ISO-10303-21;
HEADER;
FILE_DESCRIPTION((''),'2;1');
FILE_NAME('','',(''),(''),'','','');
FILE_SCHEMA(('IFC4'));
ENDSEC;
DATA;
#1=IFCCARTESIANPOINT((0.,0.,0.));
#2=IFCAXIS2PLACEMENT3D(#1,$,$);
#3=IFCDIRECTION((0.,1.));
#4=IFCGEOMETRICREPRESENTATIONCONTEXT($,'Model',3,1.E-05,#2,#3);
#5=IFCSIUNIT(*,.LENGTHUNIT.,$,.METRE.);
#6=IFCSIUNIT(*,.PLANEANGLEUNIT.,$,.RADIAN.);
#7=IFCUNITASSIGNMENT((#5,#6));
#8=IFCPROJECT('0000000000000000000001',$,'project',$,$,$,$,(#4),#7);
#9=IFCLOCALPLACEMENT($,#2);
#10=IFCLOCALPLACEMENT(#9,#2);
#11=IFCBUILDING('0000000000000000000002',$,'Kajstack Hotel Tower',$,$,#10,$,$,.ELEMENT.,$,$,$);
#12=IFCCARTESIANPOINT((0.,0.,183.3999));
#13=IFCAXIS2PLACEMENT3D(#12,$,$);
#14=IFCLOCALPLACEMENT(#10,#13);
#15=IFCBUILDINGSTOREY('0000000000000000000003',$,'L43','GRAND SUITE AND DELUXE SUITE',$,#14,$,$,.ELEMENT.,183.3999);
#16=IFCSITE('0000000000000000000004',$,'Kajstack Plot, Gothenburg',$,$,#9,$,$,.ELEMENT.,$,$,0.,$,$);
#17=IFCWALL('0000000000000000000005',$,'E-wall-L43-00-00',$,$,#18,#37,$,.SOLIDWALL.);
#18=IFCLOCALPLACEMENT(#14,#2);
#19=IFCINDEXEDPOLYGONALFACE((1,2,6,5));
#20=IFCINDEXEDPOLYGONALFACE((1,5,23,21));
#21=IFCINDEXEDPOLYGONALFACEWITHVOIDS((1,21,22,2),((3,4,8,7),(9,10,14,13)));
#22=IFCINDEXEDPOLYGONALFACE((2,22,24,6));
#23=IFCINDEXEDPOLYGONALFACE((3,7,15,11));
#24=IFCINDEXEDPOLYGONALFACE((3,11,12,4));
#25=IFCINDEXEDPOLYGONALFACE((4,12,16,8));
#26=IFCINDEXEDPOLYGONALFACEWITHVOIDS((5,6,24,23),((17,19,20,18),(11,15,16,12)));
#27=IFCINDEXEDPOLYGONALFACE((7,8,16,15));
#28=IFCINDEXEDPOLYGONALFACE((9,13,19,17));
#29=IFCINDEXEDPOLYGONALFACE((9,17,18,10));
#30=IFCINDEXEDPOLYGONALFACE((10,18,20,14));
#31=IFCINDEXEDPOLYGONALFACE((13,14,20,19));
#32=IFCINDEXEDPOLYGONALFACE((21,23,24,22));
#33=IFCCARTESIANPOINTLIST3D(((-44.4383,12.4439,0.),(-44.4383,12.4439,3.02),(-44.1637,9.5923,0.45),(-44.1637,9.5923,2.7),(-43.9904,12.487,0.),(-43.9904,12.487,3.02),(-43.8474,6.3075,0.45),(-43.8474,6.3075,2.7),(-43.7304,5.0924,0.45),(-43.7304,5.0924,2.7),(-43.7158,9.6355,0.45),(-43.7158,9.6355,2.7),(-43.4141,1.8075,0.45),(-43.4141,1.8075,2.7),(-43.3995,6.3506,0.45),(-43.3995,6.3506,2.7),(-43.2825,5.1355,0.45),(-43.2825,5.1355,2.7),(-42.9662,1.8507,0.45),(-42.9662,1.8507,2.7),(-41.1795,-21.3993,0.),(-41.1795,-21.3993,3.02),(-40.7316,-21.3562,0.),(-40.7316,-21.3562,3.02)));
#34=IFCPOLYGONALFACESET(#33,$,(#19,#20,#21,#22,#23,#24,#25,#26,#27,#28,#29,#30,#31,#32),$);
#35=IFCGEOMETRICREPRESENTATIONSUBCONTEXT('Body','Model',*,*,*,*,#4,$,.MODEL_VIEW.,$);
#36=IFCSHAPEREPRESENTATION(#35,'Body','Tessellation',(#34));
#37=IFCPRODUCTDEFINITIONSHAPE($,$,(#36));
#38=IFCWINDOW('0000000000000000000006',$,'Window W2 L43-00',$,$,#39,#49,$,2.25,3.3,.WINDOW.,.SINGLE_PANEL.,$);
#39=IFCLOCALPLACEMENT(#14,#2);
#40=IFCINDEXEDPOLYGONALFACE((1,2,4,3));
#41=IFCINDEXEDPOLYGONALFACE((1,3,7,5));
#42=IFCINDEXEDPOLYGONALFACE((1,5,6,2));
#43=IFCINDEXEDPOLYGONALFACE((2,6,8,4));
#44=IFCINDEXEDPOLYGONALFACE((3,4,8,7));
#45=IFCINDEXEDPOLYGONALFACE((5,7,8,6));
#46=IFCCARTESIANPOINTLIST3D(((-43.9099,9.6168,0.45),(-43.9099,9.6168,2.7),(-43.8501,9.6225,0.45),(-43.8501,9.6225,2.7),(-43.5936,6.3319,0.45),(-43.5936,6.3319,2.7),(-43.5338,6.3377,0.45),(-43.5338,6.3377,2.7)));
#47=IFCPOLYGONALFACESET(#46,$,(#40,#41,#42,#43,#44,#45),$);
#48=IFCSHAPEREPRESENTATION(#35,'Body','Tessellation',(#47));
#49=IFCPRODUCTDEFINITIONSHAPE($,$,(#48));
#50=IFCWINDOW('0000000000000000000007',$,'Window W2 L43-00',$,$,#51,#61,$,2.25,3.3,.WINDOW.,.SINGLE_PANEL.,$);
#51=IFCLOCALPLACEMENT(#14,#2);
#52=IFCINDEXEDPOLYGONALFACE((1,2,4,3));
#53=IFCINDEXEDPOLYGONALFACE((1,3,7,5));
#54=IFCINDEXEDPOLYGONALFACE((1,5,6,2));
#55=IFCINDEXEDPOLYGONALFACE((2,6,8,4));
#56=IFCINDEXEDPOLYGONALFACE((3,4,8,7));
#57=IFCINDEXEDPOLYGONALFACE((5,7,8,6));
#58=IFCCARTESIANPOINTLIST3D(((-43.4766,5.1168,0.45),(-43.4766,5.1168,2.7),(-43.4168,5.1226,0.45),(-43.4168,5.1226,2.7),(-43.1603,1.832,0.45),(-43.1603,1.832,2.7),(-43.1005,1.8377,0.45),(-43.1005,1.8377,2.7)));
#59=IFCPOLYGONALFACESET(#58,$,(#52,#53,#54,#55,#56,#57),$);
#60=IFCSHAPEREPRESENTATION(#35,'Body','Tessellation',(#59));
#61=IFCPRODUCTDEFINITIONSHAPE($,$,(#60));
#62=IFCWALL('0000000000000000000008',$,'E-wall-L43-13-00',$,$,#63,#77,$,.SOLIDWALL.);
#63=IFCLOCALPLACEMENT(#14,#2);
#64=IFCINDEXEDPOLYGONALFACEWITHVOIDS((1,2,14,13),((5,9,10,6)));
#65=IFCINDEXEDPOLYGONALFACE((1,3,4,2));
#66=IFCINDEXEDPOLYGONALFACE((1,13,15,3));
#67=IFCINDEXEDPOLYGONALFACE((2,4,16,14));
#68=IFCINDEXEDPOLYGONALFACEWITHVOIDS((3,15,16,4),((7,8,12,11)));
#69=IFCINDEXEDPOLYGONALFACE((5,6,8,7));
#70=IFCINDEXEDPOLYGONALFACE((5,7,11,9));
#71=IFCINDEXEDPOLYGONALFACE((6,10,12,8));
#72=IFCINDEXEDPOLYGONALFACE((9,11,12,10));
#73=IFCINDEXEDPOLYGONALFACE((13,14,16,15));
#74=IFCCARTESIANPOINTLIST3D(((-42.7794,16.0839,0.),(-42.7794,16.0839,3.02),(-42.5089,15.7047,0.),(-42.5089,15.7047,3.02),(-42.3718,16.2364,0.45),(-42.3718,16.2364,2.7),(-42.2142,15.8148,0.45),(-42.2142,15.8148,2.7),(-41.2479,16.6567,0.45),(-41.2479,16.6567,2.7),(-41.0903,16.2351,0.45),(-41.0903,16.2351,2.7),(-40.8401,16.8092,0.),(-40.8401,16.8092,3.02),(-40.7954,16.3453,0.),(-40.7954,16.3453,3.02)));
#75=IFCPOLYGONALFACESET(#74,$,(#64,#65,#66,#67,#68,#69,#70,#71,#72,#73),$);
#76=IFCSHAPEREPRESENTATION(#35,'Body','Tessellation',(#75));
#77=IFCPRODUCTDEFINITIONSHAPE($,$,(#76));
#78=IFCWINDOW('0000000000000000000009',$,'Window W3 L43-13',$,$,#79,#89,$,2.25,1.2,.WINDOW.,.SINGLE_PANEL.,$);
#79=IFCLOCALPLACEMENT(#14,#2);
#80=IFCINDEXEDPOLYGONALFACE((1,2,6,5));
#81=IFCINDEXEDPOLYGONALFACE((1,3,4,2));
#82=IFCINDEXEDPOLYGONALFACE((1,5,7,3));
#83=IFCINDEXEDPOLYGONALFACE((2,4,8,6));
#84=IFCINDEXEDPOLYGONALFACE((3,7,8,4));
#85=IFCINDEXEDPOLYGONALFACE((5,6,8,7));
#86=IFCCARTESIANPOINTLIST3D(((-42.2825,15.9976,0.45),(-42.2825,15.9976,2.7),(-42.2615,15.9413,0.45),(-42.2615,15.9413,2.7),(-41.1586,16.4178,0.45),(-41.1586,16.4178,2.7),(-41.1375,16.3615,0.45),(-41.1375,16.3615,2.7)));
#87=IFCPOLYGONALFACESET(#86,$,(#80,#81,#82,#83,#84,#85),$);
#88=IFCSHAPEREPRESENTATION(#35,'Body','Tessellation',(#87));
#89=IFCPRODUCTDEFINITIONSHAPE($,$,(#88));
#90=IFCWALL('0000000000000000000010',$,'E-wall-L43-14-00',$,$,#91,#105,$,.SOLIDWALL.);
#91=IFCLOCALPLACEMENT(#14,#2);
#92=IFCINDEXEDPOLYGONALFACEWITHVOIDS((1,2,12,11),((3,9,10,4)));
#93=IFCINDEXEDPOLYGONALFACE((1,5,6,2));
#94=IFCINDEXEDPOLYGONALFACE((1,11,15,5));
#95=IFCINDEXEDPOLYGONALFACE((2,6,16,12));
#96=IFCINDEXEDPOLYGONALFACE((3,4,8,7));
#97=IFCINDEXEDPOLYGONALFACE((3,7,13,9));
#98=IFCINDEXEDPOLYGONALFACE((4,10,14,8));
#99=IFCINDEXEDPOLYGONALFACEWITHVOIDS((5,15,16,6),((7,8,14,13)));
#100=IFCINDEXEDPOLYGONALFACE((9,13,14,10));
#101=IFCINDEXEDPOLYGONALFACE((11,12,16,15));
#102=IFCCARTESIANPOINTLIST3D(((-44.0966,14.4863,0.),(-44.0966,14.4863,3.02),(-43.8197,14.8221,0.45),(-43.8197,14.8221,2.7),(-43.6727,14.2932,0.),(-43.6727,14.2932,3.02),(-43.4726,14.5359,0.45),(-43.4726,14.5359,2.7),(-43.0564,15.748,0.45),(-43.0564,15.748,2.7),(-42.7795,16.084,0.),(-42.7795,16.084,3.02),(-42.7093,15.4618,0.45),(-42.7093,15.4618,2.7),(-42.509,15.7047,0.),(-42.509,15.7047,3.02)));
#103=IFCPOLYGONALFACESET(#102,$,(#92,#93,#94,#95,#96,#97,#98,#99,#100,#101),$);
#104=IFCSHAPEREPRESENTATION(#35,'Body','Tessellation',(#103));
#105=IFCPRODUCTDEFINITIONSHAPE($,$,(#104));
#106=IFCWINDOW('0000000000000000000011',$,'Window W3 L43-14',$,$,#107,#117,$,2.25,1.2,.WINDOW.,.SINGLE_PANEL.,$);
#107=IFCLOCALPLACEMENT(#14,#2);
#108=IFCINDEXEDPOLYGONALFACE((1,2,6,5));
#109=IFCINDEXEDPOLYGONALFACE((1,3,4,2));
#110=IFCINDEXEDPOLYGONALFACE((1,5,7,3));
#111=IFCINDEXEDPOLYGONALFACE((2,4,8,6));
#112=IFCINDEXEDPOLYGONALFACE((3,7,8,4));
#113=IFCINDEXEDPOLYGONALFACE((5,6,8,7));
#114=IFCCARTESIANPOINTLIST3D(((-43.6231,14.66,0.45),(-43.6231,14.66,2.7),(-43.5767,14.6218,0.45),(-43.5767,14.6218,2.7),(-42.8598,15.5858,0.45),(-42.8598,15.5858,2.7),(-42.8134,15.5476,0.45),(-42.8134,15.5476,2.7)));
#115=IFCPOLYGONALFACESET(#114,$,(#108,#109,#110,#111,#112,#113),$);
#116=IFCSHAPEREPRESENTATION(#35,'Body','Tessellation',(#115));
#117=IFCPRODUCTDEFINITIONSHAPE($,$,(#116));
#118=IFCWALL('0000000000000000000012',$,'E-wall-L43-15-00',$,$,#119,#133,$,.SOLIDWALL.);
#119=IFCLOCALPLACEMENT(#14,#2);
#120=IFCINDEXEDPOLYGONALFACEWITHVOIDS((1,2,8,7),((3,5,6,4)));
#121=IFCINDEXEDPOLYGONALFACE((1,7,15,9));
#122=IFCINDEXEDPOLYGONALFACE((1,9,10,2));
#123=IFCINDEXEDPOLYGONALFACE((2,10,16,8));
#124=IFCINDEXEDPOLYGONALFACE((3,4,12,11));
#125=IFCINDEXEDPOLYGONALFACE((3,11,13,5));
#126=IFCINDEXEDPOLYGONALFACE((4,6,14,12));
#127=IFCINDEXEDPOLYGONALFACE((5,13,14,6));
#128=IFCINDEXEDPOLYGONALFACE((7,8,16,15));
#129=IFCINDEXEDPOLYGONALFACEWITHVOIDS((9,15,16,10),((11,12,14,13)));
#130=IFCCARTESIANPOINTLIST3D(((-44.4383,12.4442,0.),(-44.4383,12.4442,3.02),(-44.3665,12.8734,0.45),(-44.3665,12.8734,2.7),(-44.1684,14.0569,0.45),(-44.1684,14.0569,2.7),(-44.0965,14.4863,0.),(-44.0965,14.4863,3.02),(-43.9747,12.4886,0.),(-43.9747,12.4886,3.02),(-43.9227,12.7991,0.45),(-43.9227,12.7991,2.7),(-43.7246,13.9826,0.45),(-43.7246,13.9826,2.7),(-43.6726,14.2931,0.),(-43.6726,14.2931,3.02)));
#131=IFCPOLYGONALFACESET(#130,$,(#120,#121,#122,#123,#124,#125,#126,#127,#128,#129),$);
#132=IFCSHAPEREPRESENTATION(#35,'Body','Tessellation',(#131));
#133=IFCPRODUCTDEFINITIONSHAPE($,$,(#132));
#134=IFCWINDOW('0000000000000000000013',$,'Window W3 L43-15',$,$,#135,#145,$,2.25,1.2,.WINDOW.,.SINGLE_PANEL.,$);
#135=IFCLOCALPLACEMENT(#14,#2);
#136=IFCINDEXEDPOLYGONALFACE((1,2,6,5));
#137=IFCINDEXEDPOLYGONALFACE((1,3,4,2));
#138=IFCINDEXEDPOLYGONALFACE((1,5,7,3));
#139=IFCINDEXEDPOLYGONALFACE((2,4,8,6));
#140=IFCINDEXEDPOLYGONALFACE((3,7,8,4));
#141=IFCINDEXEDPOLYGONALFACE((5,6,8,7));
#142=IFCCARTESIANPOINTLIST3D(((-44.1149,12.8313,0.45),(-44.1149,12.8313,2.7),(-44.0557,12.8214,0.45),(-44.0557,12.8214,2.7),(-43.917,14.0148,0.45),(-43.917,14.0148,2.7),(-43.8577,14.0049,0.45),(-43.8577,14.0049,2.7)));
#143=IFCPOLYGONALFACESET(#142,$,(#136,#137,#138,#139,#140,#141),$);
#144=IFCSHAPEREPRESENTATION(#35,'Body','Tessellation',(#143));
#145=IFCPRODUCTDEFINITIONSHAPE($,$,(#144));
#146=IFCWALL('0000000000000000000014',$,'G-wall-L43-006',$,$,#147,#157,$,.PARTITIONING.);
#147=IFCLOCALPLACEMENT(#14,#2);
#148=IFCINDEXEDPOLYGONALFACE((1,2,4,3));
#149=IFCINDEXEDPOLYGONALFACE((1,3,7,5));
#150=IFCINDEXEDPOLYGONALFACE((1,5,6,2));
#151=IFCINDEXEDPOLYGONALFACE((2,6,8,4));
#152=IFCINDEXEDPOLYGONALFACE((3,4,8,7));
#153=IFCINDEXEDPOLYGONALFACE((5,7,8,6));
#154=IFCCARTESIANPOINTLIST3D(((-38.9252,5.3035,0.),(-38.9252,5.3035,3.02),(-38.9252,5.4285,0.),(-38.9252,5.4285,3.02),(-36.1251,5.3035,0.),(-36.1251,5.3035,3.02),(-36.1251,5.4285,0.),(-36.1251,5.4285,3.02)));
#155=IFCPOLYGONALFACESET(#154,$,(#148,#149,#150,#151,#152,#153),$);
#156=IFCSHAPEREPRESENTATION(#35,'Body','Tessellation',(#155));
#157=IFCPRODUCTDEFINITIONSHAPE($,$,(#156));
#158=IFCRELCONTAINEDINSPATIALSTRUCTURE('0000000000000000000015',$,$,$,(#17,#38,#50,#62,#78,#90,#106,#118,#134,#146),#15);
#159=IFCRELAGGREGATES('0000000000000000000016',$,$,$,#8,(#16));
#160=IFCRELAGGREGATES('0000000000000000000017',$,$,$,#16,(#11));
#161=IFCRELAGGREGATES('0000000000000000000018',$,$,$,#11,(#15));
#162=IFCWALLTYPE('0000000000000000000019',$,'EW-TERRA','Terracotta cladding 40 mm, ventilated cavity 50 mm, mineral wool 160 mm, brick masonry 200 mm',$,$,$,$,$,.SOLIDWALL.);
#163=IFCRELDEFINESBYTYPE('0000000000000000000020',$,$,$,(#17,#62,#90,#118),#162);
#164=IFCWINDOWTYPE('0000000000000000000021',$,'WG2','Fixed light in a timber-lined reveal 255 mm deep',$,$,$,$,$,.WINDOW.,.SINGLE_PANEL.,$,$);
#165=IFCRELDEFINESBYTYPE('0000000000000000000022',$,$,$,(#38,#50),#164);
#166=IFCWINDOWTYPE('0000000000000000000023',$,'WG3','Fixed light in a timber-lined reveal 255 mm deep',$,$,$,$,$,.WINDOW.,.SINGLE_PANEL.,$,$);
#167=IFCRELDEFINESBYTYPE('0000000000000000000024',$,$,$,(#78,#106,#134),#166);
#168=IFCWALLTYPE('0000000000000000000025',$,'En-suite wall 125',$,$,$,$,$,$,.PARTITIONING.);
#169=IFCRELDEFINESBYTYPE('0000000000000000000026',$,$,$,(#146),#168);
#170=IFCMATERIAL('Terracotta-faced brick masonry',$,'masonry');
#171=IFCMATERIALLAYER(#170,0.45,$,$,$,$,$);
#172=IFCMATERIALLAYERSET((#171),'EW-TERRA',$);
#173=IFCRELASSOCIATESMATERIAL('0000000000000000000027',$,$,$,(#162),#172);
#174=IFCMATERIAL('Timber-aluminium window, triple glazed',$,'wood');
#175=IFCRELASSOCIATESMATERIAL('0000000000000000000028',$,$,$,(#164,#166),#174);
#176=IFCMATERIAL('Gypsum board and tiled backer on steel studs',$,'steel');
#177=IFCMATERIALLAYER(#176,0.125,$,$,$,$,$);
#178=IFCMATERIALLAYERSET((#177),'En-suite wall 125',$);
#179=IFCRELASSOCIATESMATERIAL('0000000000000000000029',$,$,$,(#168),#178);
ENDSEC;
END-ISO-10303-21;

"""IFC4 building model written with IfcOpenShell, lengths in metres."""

from ifc_helpers import new_model, si_unit, direction, frame, frame_2d, origin, place, context, subcontext, project, spatial, polyline, rectangle, outline, extrude, material, layer, layer_set, type_object, element, fill, save


model = new_model("IFC4")

# Units and contexts
model_context = context("Model", 3, precision=1e-05, world=origin(), true_north=direction((0.0, 1.0)))
body_context = subcontext(model_context, "Body", "Model", "MODEL_VIEW")
ifc_project = project(units=[si_unit("LENGTHUNIT", "METRE"), si_unit("PLANEANGLEUNIT", "RADIAN")], contexts=[model_context])

# Site, building, storey
site_placement = place(None, origin())
site = spatial("IfcSite", under=ifc_project, at=site_placement, Name="Kajstack Plot, Gothenburg", CompositionType="ELEMENT", RefElevation=0.0)
building_placement = place(site_placement, origin())
building = spatial("IfcBuilding", under=site, at=building_placement, Name="Kajstack Hotel Tower", CompositionType="ELEMENT")
storey_placement = place(building_placement, frame((0.0, 0.0, 183.3999)))
storey = spatial("IfcBuildingStorey", under=building, at=storey_placement, Name="L43", Description="GRAND SUITE AND DELUXE SUITE", CompositionType="ELEMENT", Elevation=183.3999)

# Wall, openings, windows
ifc_material_1 = material(Name="Terracotta-faced brick masonry", Category="masonry")
ifc_layer_1 = layer(ifc_material_1, 0.45)
ifc_layer_set_1 = layer_set([ifc_layer_1], Name="EW-TERRA")
wall_type_1 = type_object("IfcWallType", Name="EW-TERRA", Description="Terracotta cladding 40 mm, ventilated cavity 50 mm, mineral wool 160 mm, brick masonry 200 mm", PredefinedType="SOLIDWALL", material=ifc_layer_set_1)
wall_1_placement = place(storey_placement, frame((-44.2144, 12.4656, 0.0), z_axis=(0.0, 0.0, 1.0), x_axis=(0.095847, -0.995396, 0.0)))
wall_1 = element("IfcWall", 1, at=wall_1_placement, inside=storey, type_object=wall_type_1, Name="E-wall-L43-00-00", PredefinedType="SOLIDWALL", context=body_context, shape_type="SweptSolid", body=[
    extrude(rectangle(XDim=33.9998, YDim=0.45, at=frame_2d((17.0, 0.0))), origin(), (0.0, 0.0, 1.0), 3.02),
])
opening_1_placement = place(wall_1_placement, frame((2.865, 0.0, 0.45)))
opening_1 = element("IfcOpeningElement", 2, at=opening_1_placement, cuts=wall_1, PredefinedType="OPENING", context=body_context, shape_type="SweptSolid", body=[
    extrude(rectangle(XDim=3.3, YDim=2.25, at=frame_2d((1.6499, 1.125))), frame((0.0, 0.2349, 0.0), z_axis=(0.0, -1.0, 0.0), x_axis=(1.0, 0.0, 0.0)), (0.0, 0.0, 1.0), 0.47),
])
opening_2_placement = place(wall_1_placement, frame((7.3857, 0.0, 0.45)))
opening_2 = element("IfcOpeningElement", 3, at=opening_2_placement, cuts=wall_1, PredefinedType="OPENING", context=body_context, shape_type="SweptSolid", body=[
    extrude(rectangle(XDim=3.3, YDim=2.25, at=frame_2d((1.6499, 1.125))), frame((0.0, 0.2349, 0.0), z_axis=(0.0, -1.0, 0.0), x_axis=(1.0, 0.0, 0.0)), (0.0, 0.0, 1.0), 0.47),
])
ifc_material_2 = material(Name="Timber-aluminium window, triple glazed", Category="wood")
window_type_1 = type_object("IfcWindowType", Name="WG2", Description="Fixed light in a timber-lined reveal 255 mm deep", PartitioningType="SINGLE_PANEL", PredefinedType="WINDOW", material=ifc_material_2)
window_1_placement = place(opening_1_placement, origin())
window_1 = element("IfcWindow", 4, at=window_1_placement, inside=storey, type_object=window_type_1, Name="Window W2 L43-00", OverallHeight=2.25, OverallWidth=3.3, PartitioningType="SINGLE_PANEL", PredefinedType="WINDOW", context=body_context, shape_type="SweptSolid", body=[
    extrude(rectangle(XDim=3.3, YDim=2.25, at=frame_2d((1.6499, 1.125))), frame((0.0, 0.0901, 0.0), z_axis=(0.0, -1.0, 0.0), x_axis=(1.0, 0.0, 0.0)), (0.0, 0.0, 1.0), 0.0601),
])
fill(opening_1, window_1)
window_2_placement = place(opening_2_placement, origin())
window_2 = element("IfcWindow", 5, at=window_2_placement, inside=storey, type_object=window_type_1, Name="Window W2 L43-00", OverallHeight=2.25, OverallWidth=3.3, PartitioningType="SINGLE_PANEL", PredefinedType="WINDOW", context=body_context, shape_type="SweptSolid", body=[
    extrude(rectangle(XDim=3.3, YDim=2.25, at=frame_2d((1.6499, 1.125))), frame((0.0, 0.0901, 0.0), z_axis=(0.0, -1.0, 0.0), x_axis=(1.0, 0.0, 0.0)), (0.0, 0.0, 1.0), 0.0601),
])
fill(opening_2, window_2)

# Walls, openings, windows
wall_2_placement = place(storey_placement, frame((-40.7612, 16.5984, 0.0), z_axis=(0.0, 0.0, 1.0), x_axis=(-0.936678, -0.350193, 0.0)))
wall_2 = element("IfcWall", 6, at=wall_2_placement, inside=storey, type_object=wall_type_1, Name="E-wall-L43-13-00", PredefinedType="SOLIDWALL", context=body_context, shape_type="SweptSolid", body=[
    extrude(outline(polyline([(0.0, -0.2251), (2.0706, -0.2249), (1.95, 0.2251), (0.1206, 0.2251), (0.0, -0.2251)])), origin(), (0.0, 0.0, 1.0), 3.02),
])
opening_3_placement = place(wall_2_placement, frame((0.4353, 0.0, 0.45)))
opening_3 = element("IfcOpeningElement", 7, at=opening_3_placement, cuts=wall_2, PredefinedType="OPENING", context=body_context, shape_type="SweptSolid", body=[
    extrude(rectangle(XDim=1.2, YDim=2.25, at=frame_2d((0.6001, 1.125))), frame((0.0, 0.2349, 0.0), z_axis=(0.0, -1.0, 0.0), x_axis=(1.0, 0.0, 0.0)), (0.0, 0.0, 1.0), 0.47),
])
window_type_2 = type_object("IfcWindowType", Name="WG3", Description="Fixed light in a timber-lined reveal 255 mm deep", PartitioningType="SINGLE_PANEL", PredefinedType="WINDOW", material=ifc_material_2)
window_3_placement = place(opening_3_placement, origin())
window_3 = element("IfcWindow", 8, at=window_3_placement, inside=storey, type_object=window_type_2, Name="Window W3 L43-13", OverallHeight=2.25, OverallWidth=1.2, PartitioningType="SINGLE_PANEL", PredefinedType="WINDOW", context=body_context, shape_type="SweptSolid", body=[
    extrude(rectangle(XDim=1.2, YDim=2.25, at=frame_2d((0.6001, 1.125))), frame((0.0, 0.0901, 0.0), z_axis=(0.0, -1.0, 0.0), x_axis=(1.0, 0.0, 0.0)), (0.0, 0.0, 1.0), 0.0601),
])
fill(opening_3, window_3)
wall_3_placement = place(storey_placement, frame((-42.606, 15.9409, 0.0), z_axis=(0.0, 0.0, 1.0), x_axis=(-0.636116, -0.771593, 0.0)))
wall_3 = element("IfcWall", 9, at=wall_3_placement, inside=storey, type_object=wall_type_1, Name="E-wall-L43-14-00", PredefinedType="SOLIDWALL", context=body_context, shape_type="SweptSolid", body=[
    extrude(outline(polyline([(0.0, -0.2249), (2.0706, -0.2249), (1.95, 0.2251), (0.1206, 0.2251), (0.0, -0.2249)])), origin(), (0.0, 0.0, 1.0), 3.02),
])
opening_4_placement = place(wall_3_placement, frame((0.4353, 0.0, 0.45)))
opening_4 = element("IfcOpeningElement", 10, at=opening_4_placement, cuts=wall_3, PredefinedType="OPENING", context=body_context, shape_type="SweptSolid", body=[
    extrude(rectangle(XDim=1.2, YDim=2.25, at=frame_2d((0.6001, 1.125))), frame((0.0, 0.2349, 0.0), z_axis=(0.0, -1.0, 0.0), x_axis=(1.0, 0.0, 0.0)), (0.0, 0.0, 1.0), 0.47),
])
window_4_placement = place(opening_4_placement, origin())
window_4 = element("IfcWindow", 11, at=window_4_placement, inside=storey, type_object=window_type_2, Name="Window W3 L43-14", OverallHeight=2.25, OverallWidth=1.2, PartitioningType="SINGLE_PANEL", PredefinedType="WINDOW", context=body_context, shape_type="SweptSolid", body=[
    extrude(rectangle(XDim=1.2, YDim=2.25, at=frame_2d((0.6001, 1.125))), frame((0.0, 0.0901, 0.0), z_axis=(0.0, -1.0, 0.0), x_axis=(1.0, 0.0, 0.0)), (0.0, 0.0, 1.0), 0.0601),
])
fill(opening_4, window_4)
wall_4_placement = place(storey_placement, frame((-43.8748, 14.4492, 0.0), z_axis=(0.0, 0.0, 1.0), x_axis=(-0.164953, -0.986301, 0.0)))
wall_4 = element("IfcWall", 12, at=wall_4_placement, inside=storey, type_object=wall_type_1, Name="E-wall-L43-15-00", PredefinedType="SOLIDWALL", context=body_context, shape_type="SweptSolid", body=[
    extrude(outline(polyline([(0.0, -0.2249), (2.0706, -0.2251), (1.9502, 0.2249), (0.1206, 0.2251), (0.0, -0.2249)])), origin(), (0.0, 0.0, 1.0), 3.02),
])
opening_5_placement = place(wall_4_placement, frame((0.4353, 0.0, 0.45)))
opening_5 = element("IfcOpeningElement", 13, at=opening_5_placement, cuts=wall_4, PredefinedType="OPENING", context=body_context, shape_type="SweptSolid", body=[
    extrude(rectangle(XDim=1.2, YDim=2.25, at=frame_2d((0.6001, 1.125))), frame((0.0, 0.2349, 0.0), z_axis=(0.0, -1.0, 0.0), x_axis=(1.0, 0.0, 0.0)), (0.0, 0.0, 1.0), 0.47),
])
window_5_placement = place(opening_5_placement, origin())
window_5 = element("IfcWindow", 14, at=window_5_placement, inside=storey, type_object=window_type_2, Name="Window W3 L43-15", OverallHeight=2.25, OverallWidth=1.2, PartitioningType="SINGLE_PANEL", PredefinedType="WINDOW", context=body_context, shape_type="SweptSolid", body=[
    extrude(rectangle(XDim=1.2, YDim=2.25, at=frame_2d((0.6001, 1.125))), frame((0.0, 0.0901, 0.0), z_axis=(0.0, -1.0, 0.0), x_axis=(1.0, 0.0, 0.0)), (0.0, 0.0, 1.0), 0.0601),
])
fill(opening_5, window_5)

# Wall
ifc_material_3 = material(Name="Gypsum board and tiled backer on steel studs", Category="steel")
ifc_layer_2 = layer(ifc_material_3, 0.125)
ifc_layer_set_2 = layer_set([ifc_layer_2], Name="En-suite wall 125")
wall_type_2 = type_object("IfcWallType", Name="En-suite wall 125", PredefinedType="PARTITIONING", material=ifc_layer_set_2)
wall_5_placement = place(storey_placement, frame((-38.925, 5.366, 0.0), z_axis=(0.0, 0.0, 1.0), x_axis=(1.0, 0.0, 0.0)))
element("IfcWall", 15, at=wall_5_placement, inside=storey, type_object=wall_type_2, Name="G-wall-L43-006", PredefinedType="PARTITIONING", context=body_context, shape_type="SweptSolid", body=[
    extrude(rectangle(XDim=2.8, YDim=0.125, at=frame_2d((1.3999, 0.0))), origin(), (0.0, 0.0, 1.0), 3.02),
])

save(model, "model.ifc")
